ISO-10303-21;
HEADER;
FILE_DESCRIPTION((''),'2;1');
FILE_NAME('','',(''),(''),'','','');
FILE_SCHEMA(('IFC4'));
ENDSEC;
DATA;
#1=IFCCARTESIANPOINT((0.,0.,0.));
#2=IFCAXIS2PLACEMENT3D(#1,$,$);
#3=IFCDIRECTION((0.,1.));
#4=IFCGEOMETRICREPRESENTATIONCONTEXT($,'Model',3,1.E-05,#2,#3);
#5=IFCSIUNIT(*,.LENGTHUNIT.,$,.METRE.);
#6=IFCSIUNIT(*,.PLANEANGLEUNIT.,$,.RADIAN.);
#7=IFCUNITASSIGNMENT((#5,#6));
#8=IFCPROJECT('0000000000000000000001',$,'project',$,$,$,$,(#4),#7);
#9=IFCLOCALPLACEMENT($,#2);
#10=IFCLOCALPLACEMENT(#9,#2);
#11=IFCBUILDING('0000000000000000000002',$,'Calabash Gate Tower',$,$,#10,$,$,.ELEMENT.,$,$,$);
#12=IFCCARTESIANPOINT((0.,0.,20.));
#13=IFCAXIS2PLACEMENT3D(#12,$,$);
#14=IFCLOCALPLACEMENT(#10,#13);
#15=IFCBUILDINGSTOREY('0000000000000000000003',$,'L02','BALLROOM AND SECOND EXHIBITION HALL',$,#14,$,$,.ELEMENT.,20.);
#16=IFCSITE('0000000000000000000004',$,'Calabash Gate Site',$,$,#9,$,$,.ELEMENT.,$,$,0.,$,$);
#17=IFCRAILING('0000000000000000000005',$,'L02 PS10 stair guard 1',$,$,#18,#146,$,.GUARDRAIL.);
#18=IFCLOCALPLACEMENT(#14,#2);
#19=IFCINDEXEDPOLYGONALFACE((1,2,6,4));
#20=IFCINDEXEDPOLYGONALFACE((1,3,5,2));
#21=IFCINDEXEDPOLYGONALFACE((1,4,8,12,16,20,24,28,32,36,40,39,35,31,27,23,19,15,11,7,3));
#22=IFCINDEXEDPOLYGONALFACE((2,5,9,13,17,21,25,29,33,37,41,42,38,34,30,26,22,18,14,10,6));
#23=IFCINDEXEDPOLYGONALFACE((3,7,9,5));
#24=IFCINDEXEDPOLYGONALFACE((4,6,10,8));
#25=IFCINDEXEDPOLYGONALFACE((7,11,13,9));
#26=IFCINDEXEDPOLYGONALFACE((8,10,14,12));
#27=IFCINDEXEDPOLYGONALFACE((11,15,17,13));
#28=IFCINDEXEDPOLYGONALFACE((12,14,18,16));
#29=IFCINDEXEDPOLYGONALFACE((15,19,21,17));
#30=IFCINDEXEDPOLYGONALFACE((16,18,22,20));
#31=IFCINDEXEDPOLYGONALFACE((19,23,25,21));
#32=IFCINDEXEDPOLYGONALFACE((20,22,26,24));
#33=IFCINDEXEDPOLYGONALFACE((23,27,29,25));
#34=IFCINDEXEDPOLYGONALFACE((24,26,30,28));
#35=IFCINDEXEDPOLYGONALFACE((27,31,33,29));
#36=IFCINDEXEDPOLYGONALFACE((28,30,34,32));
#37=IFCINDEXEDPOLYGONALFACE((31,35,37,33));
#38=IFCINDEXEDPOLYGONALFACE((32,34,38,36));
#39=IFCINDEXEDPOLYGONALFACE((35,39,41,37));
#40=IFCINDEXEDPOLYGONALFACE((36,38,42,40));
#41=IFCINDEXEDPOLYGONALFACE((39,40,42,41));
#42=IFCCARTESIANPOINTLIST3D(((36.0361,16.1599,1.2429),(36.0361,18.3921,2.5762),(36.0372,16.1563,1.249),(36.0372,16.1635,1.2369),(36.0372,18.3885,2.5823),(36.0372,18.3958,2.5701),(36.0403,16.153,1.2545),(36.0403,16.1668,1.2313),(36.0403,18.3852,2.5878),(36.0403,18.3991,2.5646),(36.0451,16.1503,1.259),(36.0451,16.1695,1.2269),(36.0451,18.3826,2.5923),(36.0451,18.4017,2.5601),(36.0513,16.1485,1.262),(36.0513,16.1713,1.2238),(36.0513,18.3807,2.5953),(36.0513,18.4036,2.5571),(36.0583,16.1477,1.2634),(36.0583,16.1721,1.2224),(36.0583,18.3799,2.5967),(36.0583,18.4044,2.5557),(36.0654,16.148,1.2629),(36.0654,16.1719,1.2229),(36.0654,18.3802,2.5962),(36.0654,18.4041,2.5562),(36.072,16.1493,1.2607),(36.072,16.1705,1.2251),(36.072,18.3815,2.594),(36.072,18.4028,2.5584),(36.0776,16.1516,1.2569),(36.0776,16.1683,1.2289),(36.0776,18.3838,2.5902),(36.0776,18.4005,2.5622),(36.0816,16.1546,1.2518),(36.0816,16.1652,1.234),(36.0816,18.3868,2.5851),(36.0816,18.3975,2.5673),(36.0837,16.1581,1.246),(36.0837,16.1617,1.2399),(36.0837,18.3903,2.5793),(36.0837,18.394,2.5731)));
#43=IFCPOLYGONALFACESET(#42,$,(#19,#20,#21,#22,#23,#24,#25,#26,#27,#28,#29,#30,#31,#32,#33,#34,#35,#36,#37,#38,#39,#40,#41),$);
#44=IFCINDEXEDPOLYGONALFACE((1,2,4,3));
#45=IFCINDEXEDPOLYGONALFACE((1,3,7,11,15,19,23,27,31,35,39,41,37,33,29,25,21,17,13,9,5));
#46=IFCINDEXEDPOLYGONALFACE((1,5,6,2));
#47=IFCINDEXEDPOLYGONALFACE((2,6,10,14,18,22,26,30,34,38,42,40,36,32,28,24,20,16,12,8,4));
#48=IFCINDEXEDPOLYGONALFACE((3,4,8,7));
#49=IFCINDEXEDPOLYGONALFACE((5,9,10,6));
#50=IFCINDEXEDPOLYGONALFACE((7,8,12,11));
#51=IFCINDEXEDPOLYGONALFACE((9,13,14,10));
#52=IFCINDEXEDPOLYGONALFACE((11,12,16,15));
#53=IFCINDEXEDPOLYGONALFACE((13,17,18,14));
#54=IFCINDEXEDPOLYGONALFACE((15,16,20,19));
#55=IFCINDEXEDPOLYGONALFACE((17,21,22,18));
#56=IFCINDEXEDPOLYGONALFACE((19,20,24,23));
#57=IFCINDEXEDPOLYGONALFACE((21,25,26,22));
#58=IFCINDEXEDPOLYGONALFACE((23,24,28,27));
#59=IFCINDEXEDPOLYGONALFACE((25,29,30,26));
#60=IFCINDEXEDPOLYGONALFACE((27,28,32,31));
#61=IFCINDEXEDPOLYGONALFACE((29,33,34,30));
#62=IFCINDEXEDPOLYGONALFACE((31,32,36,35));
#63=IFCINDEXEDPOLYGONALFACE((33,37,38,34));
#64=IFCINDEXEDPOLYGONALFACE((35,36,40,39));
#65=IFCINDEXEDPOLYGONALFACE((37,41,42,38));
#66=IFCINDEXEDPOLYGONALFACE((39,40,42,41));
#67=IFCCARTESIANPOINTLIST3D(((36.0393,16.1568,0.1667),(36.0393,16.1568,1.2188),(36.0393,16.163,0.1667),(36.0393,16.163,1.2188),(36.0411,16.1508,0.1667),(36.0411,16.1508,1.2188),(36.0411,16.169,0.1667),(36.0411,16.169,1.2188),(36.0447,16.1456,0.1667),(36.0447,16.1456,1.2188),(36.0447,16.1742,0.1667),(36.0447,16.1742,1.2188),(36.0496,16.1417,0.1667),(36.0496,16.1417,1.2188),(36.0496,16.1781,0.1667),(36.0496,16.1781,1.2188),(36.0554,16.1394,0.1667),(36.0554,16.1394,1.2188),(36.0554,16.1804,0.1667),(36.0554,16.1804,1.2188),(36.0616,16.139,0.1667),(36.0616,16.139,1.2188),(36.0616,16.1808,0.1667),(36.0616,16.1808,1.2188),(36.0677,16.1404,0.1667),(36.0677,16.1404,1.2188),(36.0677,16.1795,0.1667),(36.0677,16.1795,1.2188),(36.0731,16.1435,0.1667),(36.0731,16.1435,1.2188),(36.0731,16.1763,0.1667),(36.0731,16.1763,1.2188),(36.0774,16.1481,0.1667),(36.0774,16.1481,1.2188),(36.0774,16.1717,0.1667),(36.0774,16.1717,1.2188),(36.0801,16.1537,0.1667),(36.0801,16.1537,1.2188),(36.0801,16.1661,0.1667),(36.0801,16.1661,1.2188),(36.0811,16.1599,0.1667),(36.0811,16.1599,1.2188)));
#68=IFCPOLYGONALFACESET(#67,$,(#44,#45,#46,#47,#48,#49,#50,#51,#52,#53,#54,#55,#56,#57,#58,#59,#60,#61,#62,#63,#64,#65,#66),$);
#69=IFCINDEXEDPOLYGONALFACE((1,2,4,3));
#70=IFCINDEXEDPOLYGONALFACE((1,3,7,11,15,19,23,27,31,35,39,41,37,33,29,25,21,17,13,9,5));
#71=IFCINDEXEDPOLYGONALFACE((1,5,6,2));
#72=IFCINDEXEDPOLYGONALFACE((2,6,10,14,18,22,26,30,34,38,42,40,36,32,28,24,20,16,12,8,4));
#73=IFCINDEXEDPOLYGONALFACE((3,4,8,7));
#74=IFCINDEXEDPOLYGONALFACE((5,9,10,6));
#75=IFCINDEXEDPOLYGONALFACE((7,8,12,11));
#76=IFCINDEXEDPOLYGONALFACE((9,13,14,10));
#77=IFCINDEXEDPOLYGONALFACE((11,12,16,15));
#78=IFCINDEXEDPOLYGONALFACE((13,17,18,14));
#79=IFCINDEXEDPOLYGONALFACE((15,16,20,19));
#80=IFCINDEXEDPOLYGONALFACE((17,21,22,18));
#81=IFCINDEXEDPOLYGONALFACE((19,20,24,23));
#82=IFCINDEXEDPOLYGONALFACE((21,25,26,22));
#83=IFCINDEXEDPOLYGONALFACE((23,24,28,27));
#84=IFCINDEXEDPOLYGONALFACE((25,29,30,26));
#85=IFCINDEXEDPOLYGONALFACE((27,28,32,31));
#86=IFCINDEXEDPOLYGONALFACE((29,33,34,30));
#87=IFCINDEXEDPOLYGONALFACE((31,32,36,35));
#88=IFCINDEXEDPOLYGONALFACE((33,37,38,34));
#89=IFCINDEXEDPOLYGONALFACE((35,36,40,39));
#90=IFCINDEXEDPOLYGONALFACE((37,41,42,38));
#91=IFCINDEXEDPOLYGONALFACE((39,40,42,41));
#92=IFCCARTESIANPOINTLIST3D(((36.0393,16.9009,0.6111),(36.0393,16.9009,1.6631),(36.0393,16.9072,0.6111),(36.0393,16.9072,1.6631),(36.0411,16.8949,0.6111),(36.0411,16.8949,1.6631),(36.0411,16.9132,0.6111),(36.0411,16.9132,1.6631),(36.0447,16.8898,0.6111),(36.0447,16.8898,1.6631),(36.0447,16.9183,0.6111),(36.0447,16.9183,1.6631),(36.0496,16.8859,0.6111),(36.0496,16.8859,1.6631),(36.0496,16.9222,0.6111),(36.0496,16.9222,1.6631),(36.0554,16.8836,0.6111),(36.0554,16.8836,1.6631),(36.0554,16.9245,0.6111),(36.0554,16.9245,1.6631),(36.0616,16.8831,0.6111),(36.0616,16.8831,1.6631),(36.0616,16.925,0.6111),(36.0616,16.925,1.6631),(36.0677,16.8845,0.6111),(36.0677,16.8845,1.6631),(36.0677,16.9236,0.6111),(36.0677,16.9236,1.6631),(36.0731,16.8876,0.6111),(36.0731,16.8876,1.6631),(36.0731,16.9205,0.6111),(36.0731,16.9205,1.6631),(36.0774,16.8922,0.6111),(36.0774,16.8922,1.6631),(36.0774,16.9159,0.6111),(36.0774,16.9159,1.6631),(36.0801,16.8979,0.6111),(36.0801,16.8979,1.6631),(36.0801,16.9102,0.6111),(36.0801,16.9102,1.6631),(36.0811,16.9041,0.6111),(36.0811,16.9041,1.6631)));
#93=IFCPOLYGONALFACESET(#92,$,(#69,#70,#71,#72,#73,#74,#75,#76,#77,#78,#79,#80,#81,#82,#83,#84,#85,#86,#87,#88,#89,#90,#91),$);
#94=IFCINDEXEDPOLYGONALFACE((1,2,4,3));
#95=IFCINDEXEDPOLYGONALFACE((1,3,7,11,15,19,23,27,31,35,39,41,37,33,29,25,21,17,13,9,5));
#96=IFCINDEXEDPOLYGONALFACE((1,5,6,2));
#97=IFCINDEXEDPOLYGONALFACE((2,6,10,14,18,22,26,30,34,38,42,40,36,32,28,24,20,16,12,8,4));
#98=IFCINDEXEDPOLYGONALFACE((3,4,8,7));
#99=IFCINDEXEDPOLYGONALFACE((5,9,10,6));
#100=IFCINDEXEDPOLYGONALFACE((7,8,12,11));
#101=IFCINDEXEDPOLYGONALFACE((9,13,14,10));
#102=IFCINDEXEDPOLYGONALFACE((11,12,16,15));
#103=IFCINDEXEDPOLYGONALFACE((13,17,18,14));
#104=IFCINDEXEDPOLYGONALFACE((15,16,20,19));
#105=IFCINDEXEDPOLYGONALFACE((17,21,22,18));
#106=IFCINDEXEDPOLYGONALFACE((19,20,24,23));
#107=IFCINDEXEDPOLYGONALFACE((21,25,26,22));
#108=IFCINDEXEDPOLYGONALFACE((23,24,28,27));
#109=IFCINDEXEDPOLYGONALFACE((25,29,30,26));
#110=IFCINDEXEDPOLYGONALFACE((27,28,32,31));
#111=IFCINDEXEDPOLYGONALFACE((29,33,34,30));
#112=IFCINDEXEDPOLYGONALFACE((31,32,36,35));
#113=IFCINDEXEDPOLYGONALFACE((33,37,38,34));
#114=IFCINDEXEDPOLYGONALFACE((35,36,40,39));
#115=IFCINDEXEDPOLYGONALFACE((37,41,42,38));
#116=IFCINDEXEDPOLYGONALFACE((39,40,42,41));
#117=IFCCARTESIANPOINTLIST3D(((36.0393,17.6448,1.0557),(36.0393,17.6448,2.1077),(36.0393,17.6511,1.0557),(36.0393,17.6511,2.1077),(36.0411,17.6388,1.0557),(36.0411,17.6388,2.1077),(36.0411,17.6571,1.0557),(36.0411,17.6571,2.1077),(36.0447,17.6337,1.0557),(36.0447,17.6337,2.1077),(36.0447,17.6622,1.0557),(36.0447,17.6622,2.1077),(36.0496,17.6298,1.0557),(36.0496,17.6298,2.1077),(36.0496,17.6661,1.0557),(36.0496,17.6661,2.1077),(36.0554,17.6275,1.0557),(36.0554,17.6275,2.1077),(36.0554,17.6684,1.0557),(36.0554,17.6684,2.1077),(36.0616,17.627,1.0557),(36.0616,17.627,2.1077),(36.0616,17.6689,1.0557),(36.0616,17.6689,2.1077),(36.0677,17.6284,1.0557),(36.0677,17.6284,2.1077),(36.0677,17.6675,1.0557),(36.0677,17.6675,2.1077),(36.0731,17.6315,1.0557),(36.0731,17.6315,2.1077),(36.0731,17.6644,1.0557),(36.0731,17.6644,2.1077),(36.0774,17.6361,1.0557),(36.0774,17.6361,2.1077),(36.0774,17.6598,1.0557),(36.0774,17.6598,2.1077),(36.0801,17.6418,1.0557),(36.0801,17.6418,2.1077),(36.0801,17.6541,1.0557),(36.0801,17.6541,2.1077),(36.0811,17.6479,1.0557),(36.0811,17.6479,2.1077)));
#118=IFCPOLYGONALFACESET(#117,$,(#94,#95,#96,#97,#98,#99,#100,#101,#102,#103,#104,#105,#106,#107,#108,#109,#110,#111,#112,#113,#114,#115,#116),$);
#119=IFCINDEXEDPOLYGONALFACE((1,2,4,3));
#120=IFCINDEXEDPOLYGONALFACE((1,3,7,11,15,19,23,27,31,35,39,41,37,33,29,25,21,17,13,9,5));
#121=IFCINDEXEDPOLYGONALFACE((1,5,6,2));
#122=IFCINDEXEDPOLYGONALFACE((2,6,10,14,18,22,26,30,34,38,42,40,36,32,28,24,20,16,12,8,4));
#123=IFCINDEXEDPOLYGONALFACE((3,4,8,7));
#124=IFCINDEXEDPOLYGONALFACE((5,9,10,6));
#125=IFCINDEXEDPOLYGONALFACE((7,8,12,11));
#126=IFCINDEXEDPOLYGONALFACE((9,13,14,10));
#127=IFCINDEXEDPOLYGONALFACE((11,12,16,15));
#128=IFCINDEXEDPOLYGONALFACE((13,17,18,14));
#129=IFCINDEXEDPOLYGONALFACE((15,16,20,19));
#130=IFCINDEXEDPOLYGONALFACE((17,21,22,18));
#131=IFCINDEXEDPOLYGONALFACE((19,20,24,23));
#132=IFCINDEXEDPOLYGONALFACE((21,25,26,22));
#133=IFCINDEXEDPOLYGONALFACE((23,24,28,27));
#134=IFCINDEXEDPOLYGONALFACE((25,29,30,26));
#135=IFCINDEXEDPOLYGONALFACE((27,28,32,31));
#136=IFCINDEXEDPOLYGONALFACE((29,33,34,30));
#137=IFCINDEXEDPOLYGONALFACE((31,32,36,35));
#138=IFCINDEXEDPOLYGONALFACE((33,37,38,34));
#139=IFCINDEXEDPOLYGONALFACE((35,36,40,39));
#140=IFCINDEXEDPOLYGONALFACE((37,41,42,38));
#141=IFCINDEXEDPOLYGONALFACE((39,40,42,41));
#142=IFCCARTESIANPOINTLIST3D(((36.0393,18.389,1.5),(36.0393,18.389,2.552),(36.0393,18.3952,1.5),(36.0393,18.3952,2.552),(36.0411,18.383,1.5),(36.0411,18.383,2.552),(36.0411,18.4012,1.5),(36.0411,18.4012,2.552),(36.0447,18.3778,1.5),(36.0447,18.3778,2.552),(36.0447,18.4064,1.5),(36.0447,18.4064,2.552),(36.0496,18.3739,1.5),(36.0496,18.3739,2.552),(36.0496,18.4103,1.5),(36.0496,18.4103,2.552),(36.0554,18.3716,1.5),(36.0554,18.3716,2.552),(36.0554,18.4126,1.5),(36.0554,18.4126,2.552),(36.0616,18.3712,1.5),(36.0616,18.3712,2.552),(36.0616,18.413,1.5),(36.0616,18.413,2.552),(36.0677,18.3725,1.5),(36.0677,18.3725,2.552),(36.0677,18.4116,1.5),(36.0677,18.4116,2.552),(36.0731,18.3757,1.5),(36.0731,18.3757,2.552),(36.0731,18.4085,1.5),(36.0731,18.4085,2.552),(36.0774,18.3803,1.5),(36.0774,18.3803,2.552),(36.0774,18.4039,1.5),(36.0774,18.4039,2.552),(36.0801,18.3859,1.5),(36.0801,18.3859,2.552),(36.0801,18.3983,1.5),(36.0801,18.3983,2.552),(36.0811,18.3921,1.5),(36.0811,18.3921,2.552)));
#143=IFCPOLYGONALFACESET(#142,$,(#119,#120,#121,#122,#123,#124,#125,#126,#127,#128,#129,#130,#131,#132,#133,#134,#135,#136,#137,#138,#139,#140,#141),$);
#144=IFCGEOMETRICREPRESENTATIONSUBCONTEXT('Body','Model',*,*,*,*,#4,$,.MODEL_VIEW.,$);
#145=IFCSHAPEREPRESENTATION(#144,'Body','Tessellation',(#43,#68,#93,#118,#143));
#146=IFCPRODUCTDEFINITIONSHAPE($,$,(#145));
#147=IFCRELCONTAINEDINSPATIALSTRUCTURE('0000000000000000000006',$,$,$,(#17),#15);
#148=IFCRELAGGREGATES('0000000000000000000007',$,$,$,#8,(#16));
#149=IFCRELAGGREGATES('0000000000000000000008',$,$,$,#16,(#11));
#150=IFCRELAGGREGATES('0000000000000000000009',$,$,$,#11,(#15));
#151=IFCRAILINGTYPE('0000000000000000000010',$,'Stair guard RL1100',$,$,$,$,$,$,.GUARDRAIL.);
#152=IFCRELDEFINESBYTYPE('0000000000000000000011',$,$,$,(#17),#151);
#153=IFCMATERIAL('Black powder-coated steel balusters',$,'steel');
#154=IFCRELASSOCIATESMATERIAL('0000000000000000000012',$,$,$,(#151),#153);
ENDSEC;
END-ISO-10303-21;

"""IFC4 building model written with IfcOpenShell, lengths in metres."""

from ifc_helpers import new_model, si_unit, direction, frame, origin, origin_2d, place, context, subcontext, project, spatial, circle, extrude, material, type_object, element, save


model = new_model("IFC4")

# Units and contexts
model_context = context("Model", 3, precision=1e-05, world=origin(), true_north=direction((0.0, 1.0)))
body_context = subcontext(model_context, "Body", "Model", "MODEL_VIEW")
ifc_project = project(units=[si_unit("LENGTHUNIT", "METRE"), si_unit("PLANEANGLEUNIT", "RADIAN")], contexts=[model_context])

# Site, building, storey
site_placement = place(None, origin())
site = spatial("IfcSite", under=ifc_project, at=site_placement, Name="Calabash Gate Site", CompositionType="ELEMENT", RefElevation=0.0)
building_placement = place(site_placement, origin())
building = spatial("IfcBuilding", under=site, at=building_placement, Name="Calabash Gate Tower", CompositionType="ELEMENT")
storey_placement = place(building_placement, frame((0.0, 0.0, 20.0)))
storey = spatial("IfcBuildingStorey", under=building, at=storey_placement, Name="L02", Description="BALLROOM AND SECOND EXHIBITION HALL", CompositionType="ELEMENT", Elevation=20.0)

# Railing
ifc_material_1 = material(Name="Black powder-coated steel balusters", Category="steel")
railing_type = type_object("IfcRailingType", Name="Stair guard RL1100", PredefinedType="GUARDRAIL", material=ifc_material_1)
railing_1_placement = place(storey_placement, frame((36.0601, 16.1599, 0.1667)))
element("IfcRailing", 1, at=railing_1_placement, inside=storey, type_object=railing_type, Name="L02 PS10 stair guard 1", PredefinedType="GUARDRAIL", context=body_context, shape_type="SweptSolid", body=[
    extrude(circle(Radius=0.0239, at=origin_2d()), frame((0.0, 0.0, 1.0762), z_axis=(0.0, 0.858519, 0.512782), x_axis=(-1.0, 0.0, 0.0)), (0.0, 0.0, 1.0), 2.6001),
    extrude(circle(Radius=0.021, at=origin_2d()), origin(), (0.0, 0.0, 1.0), 1.052),
    extrude(circle(Radius=0.021, at=origin_2d()), frame((0.0, 0.7441, 0.4443)), (0.0, 0.0, 1.0), 1.052),
    extrude(circle(Radius=0.021, at=origin_2d()), frame((0.0, 1.488, 0.8889)), (0.0, 0.0, 1.0), 1.052),
    extrude(circle(Radius=0.021, at=origin_2d()), frame((0.0, 2.2322, 1.3333)), (0.0, 0.0, 1.0), 1.052),
])

save(model, "model.ifc")
